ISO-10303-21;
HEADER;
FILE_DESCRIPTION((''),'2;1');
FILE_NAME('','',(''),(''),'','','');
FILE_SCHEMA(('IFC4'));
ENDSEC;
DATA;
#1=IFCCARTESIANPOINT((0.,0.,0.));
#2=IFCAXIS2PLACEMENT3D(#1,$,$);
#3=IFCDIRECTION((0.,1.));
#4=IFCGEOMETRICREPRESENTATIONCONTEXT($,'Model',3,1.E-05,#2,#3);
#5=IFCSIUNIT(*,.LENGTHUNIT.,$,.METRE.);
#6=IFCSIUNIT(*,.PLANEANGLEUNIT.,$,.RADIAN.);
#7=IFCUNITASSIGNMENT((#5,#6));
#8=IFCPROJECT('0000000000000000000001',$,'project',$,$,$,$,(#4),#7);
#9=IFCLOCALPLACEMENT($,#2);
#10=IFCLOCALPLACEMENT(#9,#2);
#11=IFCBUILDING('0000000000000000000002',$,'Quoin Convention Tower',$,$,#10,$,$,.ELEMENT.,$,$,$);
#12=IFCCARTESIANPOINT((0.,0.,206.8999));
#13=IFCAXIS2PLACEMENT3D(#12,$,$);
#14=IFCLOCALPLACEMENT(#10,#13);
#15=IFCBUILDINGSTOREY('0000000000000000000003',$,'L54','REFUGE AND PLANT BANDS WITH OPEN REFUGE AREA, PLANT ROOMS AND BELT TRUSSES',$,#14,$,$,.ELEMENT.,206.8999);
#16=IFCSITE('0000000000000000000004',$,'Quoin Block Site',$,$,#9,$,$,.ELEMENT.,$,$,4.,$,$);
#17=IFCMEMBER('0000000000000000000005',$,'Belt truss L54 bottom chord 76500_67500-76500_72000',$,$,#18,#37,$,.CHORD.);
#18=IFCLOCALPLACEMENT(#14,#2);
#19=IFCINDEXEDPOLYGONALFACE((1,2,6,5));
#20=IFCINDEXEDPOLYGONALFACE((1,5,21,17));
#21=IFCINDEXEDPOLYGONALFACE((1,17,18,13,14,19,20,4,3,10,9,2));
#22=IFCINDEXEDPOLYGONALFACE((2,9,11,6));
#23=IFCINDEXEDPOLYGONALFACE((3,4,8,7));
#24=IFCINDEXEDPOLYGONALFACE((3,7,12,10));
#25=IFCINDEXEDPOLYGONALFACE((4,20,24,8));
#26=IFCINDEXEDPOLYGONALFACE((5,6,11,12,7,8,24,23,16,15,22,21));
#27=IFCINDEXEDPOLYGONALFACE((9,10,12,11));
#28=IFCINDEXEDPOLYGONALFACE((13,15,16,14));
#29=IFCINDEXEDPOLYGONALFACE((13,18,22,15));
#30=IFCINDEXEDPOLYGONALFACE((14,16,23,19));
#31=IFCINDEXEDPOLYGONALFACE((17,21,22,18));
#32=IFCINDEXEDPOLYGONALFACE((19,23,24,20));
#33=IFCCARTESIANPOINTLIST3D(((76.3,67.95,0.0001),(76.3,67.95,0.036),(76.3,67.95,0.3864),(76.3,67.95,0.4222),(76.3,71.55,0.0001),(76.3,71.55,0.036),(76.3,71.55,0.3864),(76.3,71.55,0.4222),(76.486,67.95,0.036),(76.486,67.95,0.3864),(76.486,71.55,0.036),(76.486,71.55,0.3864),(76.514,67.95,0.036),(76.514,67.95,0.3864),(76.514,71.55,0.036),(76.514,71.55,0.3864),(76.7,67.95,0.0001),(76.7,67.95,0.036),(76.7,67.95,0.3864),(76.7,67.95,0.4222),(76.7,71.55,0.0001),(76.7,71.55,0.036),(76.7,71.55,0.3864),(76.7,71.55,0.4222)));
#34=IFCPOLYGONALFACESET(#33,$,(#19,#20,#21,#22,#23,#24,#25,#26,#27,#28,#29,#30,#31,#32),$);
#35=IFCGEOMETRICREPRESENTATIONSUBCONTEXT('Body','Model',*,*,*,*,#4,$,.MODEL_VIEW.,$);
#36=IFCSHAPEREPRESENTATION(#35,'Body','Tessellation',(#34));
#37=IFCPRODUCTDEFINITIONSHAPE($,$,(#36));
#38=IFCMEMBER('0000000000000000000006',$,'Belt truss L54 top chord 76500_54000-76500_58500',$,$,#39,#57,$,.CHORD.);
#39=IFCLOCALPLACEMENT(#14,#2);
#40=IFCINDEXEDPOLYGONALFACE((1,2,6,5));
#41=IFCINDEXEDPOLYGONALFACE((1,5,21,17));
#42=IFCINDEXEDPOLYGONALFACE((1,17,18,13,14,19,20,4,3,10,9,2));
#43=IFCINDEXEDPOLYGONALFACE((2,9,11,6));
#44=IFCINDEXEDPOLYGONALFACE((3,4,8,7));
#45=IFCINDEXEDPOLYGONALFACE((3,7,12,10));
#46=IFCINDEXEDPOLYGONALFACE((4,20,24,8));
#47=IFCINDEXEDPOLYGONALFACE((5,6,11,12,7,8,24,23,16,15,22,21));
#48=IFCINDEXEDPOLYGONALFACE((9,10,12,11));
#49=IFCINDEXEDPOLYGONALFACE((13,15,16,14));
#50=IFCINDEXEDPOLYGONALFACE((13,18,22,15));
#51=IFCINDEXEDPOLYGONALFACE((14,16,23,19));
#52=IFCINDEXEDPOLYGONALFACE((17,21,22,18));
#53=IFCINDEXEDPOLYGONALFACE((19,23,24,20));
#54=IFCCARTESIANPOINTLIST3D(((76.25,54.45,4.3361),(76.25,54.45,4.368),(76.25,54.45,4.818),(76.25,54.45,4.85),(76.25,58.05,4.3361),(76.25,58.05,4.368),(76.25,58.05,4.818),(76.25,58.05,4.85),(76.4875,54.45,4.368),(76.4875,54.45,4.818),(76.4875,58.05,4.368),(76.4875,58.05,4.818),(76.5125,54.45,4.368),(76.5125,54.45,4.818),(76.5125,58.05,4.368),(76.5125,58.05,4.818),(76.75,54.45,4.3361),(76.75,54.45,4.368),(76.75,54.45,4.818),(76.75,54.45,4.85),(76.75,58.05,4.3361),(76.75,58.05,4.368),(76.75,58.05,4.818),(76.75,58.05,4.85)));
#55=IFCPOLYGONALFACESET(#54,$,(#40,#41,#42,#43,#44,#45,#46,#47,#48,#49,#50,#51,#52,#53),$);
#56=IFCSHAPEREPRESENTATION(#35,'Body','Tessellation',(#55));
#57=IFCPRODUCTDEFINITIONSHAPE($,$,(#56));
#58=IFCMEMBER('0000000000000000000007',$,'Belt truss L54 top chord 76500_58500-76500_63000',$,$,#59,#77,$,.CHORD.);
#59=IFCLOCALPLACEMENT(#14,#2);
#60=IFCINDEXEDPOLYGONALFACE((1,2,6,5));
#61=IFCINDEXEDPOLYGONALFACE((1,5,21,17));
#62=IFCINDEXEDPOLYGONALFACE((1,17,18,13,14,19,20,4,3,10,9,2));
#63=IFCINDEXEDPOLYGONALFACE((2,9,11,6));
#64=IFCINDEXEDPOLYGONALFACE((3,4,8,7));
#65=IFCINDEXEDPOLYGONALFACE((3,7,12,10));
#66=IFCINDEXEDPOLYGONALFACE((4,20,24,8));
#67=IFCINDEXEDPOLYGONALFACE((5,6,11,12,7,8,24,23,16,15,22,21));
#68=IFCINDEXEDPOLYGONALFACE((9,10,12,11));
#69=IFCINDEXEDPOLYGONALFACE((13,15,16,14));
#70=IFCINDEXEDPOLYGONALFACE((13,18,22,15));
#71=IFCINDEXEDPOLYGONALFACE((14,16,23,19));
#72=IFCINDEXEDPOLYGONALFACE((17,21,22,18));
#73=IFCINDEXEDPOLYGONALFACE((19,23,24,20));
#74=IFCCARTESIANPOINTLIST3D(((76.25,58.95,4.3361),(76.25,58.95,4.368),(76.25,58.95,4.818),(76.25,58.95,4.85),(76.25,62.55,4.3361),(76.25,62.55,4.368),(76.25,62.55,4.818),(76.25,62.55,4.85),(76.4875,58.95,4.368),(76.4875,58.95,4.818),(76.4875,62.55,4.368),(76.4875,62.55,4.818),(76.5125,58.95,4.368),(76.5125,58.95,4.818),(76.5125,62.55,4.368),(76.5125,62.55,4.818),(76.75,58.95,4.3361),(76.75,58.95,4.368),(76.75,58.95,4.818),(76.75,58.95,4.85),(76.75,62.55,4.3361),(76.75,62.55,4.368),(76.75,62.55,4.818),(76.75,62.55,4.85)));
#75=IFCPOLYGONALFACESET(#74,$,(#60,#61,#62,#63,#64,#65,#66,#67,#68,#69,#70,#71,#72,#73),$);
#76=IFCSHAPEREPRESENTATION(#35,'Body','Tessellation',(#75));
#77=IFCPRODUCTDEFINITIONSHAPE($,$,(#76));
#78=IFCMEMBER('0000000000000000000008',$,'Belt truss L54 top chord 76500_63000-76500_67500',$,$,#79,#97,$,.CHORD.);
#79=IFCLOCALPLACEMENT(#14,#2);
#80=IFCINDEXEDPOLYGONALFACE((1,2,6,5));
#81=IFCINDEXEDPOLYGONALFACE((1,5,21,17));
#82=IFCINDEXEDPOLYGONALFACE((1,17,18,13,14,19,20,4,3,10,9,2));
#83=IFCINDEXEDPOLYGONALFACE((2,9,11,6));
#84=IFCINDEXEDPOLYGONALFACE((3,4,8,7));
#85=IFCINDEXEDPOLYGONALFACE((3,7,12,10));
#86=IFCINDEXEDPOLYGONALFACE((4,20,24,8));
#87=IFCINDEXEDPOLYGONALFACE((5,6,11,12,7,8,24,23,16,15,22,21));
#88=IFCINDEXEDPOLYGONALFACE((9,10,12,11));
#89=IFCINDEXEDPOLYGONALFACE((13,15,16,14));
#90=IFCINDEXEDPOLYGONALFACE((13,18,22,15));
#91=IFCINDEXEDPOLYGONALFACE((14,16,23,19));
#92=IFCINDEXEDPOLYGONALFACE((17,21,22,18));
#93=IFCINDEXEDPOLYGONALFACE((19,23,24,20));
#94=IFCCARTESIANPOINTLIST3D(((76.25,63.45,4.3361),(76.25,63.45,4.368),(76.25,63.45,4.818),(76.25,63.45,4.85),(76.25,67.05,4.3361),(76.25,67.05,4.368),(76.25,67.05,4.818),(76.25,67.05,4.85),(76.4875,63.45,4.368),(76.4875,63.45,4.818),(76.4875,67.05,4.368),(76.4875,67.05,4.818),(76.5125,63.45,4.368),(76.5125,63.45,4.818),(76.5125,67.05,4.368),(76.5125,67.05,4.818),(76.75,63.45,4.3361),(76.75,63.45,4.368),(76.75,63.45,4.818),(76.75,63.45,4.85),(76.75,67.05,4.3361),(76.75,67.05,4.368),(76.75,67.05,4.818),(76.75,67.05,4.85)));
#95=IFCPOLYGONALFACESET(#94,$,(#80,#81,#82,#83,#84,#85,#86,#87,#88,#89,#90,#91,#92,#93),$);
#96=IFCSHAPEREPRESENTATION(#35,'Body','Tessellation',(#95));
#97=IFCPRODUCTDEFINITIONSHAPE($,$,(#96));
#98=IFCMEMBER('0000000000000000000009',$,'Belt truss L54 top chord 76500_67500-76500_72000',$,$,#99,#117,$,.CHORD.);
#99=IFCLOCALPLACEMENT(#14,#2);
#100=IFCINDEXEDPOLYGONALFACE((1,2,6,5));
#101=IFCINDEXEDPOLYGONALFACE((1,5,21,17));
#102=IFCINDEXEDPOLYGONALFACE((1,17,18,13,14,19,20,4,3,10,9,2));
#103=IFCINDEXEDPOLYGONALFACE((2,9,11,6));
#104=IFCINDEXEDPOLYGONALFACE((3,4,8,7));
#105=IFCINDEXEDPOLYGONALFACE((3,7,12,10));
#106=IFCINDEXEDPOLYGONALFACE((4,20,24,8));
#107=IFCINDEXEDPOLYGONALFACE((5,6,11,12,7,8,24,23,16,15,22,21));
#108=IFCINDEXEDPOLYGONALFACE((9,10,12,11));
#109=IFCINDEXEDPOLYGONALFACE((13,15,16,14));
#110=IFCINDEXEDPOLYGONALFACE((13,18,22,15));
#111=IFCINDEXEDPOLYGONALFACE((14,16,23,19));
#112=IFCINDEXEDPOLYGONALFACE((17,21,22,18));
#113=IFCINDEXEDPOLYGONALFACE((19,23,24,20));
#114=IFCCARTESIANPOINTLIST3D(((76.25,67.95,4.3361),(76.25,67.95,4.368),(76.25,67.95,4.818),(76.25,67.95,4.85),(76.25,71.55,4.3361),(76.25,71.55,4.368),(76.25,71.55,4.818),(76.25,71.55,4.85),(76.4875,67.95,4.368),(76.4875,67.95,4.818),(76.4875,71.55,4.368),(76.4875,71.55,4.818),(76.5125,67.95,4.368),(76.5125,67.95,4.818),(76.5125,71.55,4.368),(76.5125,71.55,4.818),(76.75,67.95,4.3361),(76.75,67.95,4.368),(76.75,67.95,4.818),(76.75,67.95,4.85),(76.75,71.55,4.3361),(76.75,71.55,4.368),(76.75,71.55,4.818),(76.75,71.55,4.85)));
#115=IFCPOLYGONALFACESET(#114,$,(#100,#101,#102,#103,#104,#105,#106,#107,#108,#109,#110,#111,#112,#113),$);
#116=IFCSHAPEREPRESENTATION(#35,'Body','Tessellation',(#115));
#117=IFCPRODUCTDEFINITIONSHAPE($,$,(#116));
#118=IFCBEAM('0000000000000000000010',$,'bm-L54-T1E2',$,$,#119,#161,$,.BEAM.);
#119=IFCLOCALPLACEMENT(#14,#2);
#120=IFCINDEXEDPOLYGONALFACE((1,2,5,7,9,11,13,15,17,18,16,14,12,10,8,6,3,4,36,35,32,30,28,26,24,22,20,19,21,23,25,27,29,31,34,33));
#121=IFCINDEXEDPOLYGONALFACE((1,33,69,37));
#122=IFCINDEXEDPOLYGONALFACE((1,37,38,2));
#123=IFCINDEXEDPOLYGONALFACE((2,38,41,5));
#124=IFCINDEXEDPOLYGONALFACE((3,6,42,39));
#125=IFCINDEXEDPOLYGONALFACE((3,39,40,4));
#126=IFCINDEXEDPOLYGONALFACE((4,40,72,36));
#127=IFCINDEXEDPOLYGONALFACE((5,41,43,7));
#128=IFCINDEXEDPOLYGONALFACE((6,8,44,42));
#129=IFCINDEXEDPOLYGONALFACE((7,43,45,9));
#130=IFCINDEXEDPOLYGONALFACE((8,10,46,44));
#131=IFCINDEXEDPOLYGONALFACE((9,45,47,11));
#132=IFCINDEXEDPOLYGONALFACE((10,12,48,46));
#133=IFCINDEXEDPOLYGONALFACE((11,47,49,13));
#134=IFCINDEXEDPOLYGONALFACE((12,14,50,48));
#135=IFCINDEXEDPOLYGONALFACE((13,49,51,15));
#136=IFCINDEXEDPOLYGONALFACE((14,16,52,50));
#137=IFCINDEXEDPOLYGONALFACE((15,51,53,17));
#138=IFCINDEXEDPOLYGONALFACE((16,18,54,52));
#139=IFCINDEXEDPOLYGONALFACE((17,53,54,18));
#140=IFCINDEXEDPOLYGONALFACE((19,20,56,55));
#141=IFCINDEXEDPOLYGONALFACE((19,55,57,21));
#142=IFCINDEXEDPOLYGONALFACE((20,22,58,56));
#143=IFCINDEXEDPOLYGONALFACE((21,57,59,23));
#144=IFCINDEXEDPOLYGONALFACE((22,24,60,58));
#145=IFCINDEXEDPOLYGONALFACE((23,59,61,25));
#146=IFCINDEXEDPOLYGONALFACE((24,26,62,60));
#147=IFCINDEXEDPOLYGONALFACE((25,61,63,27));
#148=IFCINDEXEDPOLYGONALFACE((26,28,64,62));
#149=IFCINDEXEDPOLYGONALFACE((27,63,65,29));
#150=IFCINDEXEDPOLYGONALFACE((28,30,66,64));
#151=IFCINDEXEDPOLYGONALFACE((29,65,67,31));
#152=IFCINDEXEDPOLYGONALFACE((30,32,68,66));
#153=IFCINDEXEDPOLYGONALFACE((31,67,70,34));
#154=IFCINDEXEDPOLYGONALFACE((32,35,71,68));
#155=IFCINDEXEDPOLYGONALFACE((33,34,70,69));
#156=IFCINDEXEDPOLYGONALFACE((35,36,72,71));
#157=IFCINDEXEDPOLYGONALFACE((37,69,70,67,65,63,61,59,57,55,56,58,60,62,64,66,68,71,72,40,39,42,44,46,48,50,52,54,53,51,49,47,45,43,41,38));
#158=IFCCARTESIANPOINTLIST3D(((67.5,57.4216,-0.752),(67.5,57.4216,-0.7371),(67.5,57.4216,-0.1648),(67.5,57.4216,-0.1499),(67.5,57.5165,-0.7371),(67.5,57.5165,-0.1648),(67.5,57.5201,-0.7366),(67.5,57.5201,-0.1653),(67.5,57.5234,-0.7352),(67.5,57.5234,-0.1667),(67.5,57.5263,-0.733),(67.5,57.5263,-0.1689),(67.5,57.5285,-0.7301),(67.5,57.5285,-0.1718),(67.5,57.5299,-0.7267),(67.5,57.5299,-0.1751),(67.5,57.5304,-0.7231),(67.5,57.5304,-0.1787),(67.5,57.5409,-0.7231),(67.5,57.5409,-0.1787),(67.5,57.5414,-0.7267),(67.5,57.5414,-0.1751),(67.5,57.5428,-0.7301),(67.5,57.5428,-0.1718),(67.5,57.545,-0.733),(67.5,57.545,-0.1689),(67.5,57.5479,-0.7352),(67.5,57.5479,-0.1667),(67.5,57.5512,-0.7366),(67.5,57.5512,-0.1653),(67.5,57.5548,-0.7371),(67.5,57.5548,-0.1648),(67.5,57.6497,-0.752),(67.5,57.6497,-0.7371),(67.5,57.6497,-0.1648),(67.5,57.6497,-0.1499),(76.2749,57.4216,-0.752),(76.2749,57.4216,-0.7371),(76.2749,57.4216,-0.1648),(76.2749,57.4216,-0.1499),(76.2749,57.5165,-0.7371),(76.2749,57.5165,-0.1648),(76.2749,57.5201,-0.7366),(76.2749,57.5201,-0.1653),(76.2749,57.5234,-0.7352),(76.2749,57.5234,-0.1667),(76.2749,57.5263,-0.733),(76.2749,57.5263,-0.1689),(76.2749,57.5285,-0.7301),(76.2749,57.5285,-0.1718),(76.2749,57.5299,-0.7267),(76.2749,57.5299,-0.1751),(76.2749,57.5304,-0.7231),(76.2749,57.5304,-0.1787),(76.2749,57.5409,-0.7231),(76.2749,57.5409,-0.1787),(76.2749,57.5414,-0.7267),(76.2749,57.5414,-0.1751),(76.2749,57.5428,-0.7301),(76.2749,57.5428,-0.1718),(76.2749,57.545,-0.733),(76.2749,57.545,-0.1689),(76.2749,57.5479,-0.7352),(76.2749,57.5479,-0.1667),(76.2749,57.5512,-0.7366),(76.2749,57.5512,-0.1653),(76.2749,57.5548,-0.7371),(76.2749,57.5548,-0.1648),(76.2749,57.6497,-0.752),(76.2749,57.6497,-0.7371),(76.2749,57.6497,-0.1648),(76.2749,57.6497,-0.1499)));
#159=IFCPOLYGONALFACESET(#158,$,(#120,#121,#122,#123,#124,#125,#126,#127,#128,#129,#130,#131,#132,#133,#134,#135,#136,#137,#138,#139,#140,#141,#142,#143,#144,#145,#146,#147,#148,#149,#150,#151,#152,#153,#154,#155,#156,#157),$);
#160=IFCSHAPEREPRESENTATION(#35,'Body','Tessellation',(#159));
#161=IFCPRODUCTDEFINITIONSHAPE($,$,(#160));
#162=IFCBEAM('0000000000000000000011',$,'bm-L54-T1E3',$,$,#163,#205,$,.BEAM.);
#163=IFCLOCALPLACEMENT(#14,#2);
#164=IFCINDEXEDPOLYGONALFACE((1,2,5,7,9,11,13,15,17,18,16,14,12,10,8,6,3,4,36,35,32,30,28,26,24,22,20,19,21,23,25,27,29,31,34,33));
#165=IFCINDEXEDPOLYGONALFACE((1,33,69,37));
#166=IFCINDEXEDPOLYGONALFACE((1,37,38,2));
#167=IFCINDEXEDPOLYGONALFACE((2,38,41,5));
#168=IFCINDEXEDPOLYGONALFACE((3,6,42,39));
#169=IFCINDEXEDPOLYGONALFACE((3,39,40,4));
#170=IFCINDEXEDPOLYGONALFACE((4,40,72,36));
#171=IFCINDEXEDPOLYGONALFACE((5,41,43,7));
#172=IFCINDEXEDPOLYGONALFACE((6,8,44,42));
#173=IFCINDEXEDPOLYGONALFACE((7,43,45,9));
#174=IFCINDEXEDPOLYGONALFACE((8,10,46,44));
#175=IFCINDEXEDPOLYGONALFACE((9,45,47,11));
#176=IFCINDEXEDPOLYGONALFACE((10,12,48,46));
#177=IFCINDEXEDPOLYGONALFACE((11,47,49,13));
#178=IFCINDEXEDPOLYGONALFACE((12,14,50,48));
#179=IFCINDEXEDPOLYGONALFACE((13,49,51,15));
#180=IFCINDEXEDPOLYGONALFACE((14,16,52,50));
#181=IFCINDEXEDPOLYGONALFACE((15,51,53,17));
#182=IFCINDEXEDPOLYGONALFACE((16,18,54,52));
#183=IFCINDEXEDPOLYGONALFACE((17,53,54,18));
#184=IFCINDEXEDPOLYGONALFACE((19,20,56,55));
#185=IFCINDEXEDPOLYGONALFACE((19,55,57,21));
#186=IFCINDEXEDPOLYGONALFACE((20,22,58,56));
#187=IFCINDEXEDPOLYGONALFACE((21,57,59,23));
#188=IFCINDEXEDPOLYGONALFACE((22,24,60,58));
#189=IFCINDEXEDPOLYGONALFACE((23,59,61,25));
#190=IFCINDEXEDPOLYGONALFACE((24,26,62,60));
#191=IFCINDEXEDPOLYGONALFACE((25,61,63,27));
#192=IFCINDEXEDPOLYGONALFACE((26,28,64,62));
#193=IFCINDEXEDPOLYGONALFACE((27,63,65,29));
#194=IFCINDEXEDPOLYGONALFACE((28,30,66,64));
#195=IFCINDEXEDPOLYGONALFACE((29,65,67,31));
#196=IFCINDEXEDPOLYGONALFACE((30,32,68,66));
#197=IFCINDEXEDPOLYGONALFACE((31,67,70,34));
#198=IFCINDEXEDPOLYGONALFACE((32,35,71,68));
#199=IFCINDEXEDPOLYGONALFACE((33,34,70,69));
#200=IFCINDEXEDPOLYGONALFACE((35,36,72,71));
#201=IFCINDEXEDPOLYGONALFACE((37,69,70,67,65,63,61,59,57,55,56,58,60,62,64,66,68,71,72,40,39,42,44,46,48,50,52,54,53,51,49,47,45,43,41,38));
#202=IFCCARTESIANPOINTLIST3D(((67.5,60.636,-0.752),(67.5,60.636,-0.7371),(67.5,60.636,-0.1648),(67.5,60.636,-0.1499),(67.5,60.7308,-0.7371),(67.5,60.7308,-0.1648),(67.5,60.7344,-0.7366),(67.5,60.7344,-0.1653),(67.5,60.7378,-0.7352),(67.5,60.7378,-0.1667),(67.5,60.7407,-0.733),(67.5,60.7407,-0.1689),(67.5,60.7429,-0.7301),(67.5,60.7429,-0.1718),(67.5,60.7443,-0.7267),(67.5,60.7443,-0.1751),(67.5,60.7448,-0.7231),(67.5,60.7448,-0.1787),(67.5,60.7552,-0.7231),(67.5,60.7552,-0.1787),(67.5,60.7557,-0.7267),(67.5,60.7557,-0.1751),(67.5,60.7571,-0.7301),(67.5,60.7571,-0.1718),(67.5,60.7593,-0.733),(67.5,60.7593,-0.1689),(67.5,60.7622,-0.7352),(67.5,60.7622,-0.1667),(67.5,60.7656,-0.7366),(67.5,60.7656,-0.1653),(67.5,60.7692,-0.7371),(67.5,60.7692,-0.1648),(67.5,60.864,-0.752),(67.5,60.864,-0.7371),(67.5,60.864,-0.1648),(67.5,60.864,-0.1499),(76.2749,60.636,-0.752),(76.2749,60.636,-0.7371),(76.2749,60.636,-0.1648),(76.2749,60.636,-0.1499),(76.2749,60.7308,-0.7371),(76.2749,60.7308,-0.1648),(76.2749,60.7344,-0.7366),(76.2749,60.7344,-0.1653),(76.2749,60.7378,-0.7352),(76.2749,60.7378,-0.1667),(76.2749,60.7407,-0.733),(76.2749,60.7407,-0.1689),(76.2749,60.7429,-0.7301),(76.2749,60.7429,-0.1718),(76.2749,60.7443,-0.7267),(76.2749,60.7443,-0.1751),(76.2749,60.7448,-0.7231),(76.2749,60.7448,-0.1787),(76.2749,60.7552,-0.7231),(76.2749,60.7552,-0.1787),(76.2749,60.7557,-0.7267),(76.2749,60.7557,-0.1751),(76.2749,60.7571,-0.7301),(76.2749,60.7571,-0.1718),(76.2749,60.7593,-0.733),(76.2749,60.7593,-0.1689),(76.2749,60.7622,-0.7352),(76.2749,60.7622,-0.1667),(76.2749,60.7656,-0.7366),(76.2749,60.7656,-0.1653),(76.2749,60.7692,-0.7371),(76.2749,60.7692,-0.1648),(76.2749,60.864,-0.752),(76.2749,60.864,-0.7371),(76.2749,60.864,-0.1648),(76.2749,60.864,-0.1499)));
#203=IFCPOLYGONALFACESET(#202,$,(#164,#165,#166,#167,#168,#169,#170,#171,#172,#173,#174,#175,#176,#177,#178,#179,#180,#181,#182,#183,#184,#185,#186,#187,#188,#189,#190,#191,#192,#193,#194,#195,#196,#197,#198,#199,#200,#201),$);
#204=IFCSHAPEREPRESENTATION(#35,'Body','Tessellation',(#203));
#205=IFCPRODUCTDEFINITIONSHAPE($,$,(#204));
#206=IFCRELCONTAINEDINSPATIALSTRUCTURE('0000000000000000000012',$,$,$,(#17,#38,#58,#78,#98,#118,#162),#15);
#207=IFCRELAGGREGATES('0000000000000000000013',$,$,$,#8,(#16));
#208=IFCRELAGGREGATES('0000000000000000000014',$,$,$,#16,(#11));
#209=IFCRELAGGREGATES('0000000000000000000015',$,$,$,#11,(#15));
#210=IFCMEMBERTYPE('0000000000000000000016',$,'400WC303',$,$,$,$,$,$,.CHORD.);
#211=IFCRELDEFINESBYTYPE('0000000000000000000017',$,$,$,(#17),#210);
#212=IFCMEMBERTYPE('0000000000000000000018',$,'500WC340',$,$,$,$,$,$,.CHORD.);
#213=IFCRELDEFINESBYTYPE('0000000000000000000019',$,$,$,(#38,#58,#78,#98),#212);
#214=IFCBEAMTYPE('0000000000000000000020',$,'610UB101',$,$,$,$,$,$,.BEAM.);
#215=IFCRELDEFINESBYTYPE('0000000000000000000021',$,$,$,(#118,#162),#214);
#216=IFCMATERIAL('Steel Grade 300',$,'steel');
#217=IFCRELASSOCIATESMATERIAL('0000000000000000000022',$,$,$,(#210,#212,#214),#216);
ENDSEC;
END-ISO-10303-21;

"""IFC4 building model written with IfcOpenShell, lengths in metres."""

from ifc_helpers import new_model, si_unit, direction, frame, origin, origin_2d, place, context, subcontext, project, spatial, i_section, extrude, material, material_profile, profile_set, type_object, element, save


model = new_model("IFC4")

# Units and contexts
model_context = context("Model", 3, precision=1e-05, world=origin(), true_north=direction((0.0, 1.0)))
body_context = subcontext(model_context, "Body", "Model", "MODEL_VIEW")
ifc_project = project(units=[si_unit("LENGTHUNIT", "METRE"), si_unit("PLANEANGLEUNIT", "RADIAN")], contexts=[model_context])

# Site, building, storey
site_placement = place(None, origin())
site = spatial("IfcSite", under=ifc_project, at=site_placement, Name="Quoin Block Site", CompositionType="ELEMENT", RefElevation=4.0)
building_placement = place(site_placement, origin())
building = spatial("IfcBuilding", under=site, at=building_placement, Name="Quoin Convention Tower", CompositionType="ELEMENT")
storey_placement = place(building_placement, frame((0.0, 0.0, 206.8999)))
storey = spatial("IfcBuildingStorey", under=building, at=storey_placement, Name="L54", Description="REFUGE AND PLANT BANDS WITH OPEN REFUGE AREA, PLANT ROOMS AND BELT TRUSSES", CompositionType="ELEMENT", Elevation=206.8999)

# Members
ifc_material_1 = material(Name="Steel Grade 300", Category="steel")
ifc_material_profile_1 = material_profile(ifc_material_1, i_section(OverallWidth=0.3999, OverallDepth=0.4221, WebThickness=0.0281, FlangeThickness=0.0359, at=origin_2d()), Name="400WC303")
ifc_profile_set_1 = profile_set([ifc_material_profile_1], Name="Steel Grade 300")
member_type_1 = type_object("IfcMemberType", Name="400WC303", PredefinedType="CHORD", material=ifc_profile_set_1)
for number, where, z_axis, x_axis, name in (
    (1, (76.5, 67.95, 0.2112), (0.0, 1.0, 0.0), (-1.0, 0.0, 0.0), "Belt truss L54 bottom chord 76500_67500-76500_72000"),
):
    element("IfcMember", number, at=place(storey_placement, frame(where, z_axis=z_axis, x_axis=x_axis)), inside=storey, type_object=member_type_1, Name=name, PredefinedType="CHORD", context=body_context, shape_type="SweptSolid", body=[
        extrude(i_section(OverallWidth=0.3999, OverallDepth=0.4221, WebThickness=0.0281, FlangeThickness=0.0359, at=origin_2d()), origin(), (0.0, 0.0, 1.0), 3.6001),
    ])
ifc_material_profile_2 = material_profile(ifc_material_1, i_section(OverallWidth=0.5, OverallDepth=0.5139, WebThickness=0.0249, FlangeThickness=0.032, at=origin_2d()), Name="500WC340")
ifc_profile_set_2 = profile_set([ifc_material_profile_2], Name="Steel Grade 300")
member_type_2 = type_object("IfcMemberType", Name="500WC340", PredefinedType="CHORD", material=ifc_profile_set_2)
for number, where, z_axis, x_axis, name in (
    (2, (76.5, 54.45, 4.593), (0.0, 1.0, 0.0), (-1.0, 0.0, 0.0), "Belt truss L54 top chord 76500_54000-76500_58500"),
    (3, (76.5, 58.95, 4.593), (0.0, 1.0, 0.0), (-1.0, 0.0, 0.0), "Belt truss L54 top chord 76500_58500-76500_63000"),
    (4, (76.5, 63.45, 4.593), (0.0, 1.0, 0.0), (-1.0, 0.0, 0.0), "Belt truss L54 top chord 76500_63000-76500_67500"),
    (5, (76.5, 67.95, 4.593), (0.0, 1.0, 0.0), (-1.0, 0.0, 0.0), "Belt truss L54 top chord 76500_67500-76500_72000"),
):
    element("IfcMember", number, at=place(storey_placement, frame(where, z_axis=z_axis, x_axis=x_axis)), inside=storey, type_object=member_type_2, Name=name, PredefinedType="CHORD", context=body_context, shape_type="SweptSolid", body=[
        extrude(i_section(OverallWidth=0.5, OverallDepth=0.5139, WebThickness=0.0249, FlangeThickness=0.032, at=origin_2d()), origin(), (0.0, 0.0, 1.0), 3.6001),
    ])

# Beams
ifc_material_profile_3 = material_profile(ifc_material_1, i_section(OverallWidth=0.228, OverallDepth=0.6021, WebThickness=0.0105, FlangeThickness=0.0149, FilletRadius=0.0139, at=origin_2d()), Name="610UB101")
ifc_profile_set_3 = profile_set([ifc_material_profile_3], Name="Steel Grade 300")
beam_type_1 = type_object("IfcBeamType", Name="610UB101", PredefinedType="BEAM", material=ifc_profile_set_3)
for number, where, z_axis, x_axis, name in (
    (6, (67.5, 57.5356, -0.4509), (1.0, 0.0, 0.0), (0.0, 1.0, 0.0), "bm-L54-T1E2"),
    (7, (67.5, 60.75, -0.4509), (1.0, 0.0, 0.0), (0.0, 1.0, 0.0), "bm-L54-T1E3"),
):
    element("IfcBeam", number, at=place(storey_placement, frame(where, z_axis=z_axis, x_axis=x_axis)), inside=storey, type_object=beam_type_1, Name=name, PredefinedType="BEAM", context=body_context, shape_type="SweptSolid", body=[
        extrude(i_section(OverallWidth=0.228, OverallDepth=0.6021, WebThickness=0.0105, FlangeThickness=0.0149, FilletRadius=0.0139, at=origin_2d()), origin(), (0.0, 0.0, 1.0), 8.7749),
    ])

save(model, "model.ifc")
